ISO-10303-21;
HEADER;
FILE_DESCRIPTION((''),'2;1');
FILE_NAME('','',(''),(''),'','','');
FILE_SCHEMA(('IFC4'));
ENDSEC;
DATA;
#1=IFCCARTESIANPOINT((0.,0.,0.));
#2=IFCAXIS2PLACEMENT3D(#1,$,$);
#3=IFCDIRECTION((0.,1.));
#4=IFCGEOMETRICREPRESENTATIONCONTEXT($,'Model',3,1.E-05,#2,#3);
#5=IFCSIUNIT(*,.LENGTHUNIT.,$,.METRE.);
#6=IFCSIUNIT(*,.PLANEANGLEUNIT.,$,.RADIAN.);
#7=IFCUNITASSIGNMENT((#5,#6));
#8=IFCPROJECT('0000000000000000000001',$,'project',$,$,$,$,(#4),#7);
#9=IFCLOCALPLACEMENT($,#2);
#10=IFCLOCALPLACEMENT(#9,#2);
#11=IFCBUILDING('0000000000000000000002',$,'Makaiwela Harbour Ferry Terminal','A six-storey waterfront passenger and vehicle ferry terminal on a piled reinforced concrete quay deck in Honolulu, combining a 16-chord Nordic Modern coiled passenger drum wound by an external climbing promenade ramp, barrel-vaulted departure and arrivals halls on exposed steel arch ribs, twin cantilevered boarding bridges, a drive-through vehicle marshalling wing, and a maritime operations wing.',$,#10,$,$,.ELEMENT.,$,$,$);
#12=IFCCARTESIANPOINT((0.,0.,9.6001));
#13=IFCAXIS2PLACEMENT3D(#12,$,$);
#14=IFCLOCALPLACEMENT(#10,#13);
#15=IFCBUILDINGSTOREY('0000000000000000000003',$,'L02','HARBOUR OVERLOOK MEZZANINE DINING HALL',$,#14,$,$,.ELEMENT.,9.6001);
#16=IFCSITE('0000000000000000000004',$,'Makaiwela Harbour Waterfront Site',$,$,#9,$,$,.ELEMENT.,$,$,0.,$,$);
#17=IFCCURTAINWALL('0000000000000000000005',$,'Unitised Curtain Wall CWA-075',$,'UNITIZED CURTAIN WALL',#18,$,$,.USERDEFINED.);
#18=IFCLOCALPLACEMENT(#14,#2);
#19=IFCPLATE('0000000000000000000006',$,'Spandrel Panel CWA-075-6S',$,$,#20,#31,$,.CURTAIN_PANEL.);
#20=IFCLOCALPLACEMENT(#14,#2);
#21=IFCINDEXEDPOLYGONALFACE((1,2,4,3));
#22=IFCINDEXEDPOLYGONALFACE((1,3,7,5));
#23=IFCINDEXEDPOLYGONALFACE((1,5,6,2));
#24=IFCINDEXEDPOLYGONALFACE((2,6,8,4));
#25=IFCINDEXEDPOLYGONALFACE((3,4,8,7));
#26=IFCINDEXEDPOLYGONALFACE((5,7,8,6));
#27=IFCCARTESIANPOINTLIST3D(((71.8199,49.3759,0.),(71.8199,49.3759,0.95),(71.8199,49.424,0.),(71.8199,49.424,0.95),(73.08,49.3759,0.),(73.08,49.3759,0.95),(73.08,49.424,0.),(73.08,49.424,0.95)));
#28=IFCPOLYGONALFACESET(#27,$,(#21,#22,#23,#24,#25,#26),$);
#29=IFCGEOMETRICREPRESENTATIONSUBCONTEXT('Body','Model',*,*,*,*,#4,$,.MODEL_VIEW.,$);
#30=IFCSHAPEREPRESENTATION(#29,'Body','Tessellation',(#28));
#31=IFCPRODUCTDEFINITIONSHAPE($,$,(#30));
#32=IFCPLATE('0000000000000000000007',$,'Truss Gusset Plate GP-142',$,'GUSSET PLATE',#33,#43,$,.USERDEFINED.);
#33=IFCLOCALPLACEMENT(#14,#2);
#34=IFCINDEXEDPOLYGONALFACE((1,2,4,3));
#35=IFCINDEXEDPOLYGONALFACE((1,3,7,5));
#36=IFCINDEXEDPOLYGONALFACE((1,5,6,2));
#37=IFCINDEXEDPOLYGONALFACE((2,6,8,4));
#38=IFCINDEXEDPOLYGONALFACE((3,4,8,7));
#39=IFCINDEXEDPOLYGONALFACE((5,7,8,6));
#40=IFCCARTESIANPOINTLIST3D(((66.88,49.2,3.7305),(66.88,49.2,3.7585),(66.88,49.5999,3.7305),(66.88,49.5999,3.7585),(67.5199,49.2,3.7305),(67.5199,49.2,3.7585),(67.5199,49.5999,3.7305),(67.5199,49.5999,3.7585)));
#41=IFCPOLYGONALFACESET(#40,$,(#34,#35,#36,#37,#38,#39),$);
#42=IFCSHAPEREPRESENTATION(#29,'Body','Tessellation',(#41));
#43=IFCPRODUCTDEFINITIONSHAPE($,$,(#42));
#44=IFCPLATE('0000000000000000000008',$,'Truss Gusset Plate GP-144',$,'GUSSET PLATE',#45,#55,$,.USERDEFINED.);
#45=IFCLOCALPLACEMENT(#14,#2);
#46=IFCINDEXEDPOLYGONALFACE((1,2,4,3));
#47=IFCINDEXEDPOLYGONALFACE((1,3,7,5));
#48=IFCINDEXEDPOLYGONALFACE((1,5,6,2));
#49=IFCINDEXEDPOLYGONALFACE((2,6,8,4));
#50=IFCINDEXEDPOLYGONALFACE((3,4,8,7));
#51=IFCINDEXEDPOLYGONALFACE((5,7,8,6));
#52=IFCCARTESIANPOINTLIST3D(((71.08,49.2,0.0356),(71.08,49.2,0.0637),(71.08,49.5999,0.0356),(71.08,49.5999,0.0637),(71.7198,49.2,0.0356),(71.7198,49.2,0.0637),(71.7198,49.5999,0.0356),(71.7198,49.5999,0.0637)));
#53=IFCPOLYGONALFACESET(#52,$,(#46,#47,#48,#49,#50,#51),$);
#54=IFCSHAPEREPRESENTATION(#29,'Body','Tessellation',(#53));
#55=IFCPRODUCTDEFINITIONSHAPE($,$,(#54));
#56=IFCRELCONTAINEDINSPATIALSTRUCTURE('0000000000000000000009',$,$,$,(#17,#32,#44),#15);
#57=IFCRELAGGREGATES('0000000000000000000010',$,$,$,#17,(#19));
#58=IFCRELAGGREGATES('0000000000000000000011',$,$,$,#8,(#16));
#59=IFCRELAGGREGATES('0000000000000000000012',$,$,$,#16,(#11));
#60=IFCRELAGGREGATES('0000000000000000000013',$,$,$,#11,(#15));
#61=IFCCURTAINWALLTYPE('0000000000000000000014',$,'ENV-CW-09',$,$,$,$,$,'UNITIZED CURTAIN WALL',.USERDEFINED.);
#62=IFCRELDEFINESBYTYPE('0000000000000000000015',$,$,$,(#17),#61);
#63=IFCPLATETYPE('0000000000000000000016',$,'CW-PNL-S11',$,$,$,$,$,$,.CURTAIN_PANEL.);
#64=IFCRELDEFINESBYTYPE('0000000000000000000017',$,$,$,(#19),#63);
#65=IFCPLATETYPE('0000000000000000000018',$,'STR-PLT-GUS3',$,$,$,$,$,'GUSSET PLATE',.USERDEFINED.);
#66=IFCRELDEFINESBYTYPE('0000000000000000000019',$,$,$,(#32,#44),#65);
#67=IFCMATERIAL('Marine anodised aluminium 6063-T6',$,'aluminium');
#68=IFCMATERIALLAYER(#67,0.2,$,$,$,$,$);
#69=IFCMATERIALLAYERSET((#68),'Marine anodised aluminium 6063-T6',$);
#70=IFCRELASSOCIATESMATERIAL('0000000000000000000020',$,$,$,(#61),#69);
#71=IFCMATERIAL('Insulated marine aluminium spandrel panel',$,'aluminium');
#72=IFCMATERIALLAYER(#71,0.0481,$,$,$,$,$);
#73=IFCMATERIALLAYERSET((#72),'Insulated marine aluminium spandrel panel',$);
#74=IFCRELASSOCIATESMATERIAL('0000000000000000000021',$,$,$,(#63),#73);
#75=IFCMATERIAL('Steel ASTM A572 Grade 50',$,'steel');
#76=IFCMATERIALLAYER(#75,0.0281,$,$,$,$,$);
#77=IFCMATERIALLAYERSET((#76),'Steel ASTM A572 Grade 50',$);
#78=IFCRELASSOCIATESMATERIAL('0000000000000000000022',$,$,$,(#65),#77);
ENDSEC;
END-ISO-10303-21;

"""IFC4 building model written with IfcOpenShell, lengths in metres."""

from ifc_helpers import new_model, si_unit, direction, frame, origin, origin_2d, place, context, subcontext, project, spatial, rectangle, extrude, material, layer, layer_set, type_object, element, aggregate, save


model = new_model("IFC4")

# Units and contexts
model_context = context("Model", 3, precision=1e-05, world=origin(), true_north=direction((0.0, 1.0)))
body_context = subcontext(model_context, "Body", "Model", "MODEL_VIEW")
ifc_project = project(units=[si_unit("LENGTHUNIT", "METRE"), si_unit("PLANEANGLEUNIT", "RADIAN")], contexts=[model_context])

# Site, building, storey
site_placement = place(None, origin())
site = spatial("IfcSite", under=ifc_project, at=site_placement, Name="Makaiwela Harbour Waterfront Site", CompositionType="ELEMENT", RefElevation=0.0)
building_placement = place(site_placement, origin())
building = spatial("IfcBuilding", under=site, at=building_placement, Name="Makaiwela Harbour Ferry Terminal", Description="A six-storey waterfront passenger and vehicle ferry terminal on a piled reinforced concrete quay deck in Honolulu, combining a 16-chord Nordic Modern coiled passenger drum wound by an external climbing promenade ramp, barrel-vaulted departure and arrivals halls on exposed steel arch ribs, twin cantilevered boarding bridges, a drive-through vehicle marshalling wing, and a maritime operations wing.", CompositionType="ELEMENT")
storey_placement = place(building_placement, frame((0.0, 0.0, 9.6001)))
storey = spatial("IfcBuildingStorey", under=building, at=storey_placement, Name="L02", Description="HARBOUR OVERLOOK MEZZANINE DINING HALL", CompositionType="ELEMENT", Elevation=9.6001)

# Curtain wall
ifc_material_1 = material(Name="Marine anodised aluminium 6063-T6", Category="aluminium")
ifc_layer_1 = layer(ifc_material_1, 0.2)
ifc_layer_set_1 = layer_set([ifc_layer_1], Name="Marine anodised aluminium 6063-T6")
curtain_wall_type_1 = type_object("IfcCurtainWallType", Name="ENV-CW-09", ElementType="UNITIZED CURTAIN WALL", PredefinedType="USERDEFINED", material=ifc_layer_set_1)
curtain_wall_1_placement = place(storey_placement, origin())
curtain_wall_1 = element("IfcCurtainWall", 1, at=curtain_wall_1_placement, inside=storey, type_object=curtain_wall_type_1, Name="Unitised Curtain Wall CWA-075", ObjectType="UNITIZED CURTAIN WALL", PredefinedType="USERDEFINED")

# Plate
ifc_material_2 = material(Name="Insulated marine aluminium spandrel panel", Category="aluminium")
ifc_layer_2 = layer(ifc_material_2, 0.0481)
ifc_layer_set_2 = layer_set([ifc_layer_2], Name="Insulated marine aluminium spandrel panel")
plate_type_1 = type_object("IfcPlateType", Name="CW-PNL-S11", PredefinedType="CURTAIN_PANEL", material=ifc_layer_set_2)
plate_1_placement = place(storey_placement, frame((72.45, 49.3999, 0.0), z_axis=(0.0, 0.0, 1.0), x_axis=(-1.0, 0.0, 0.0)))
plate_1 = element("IfcPlate", 2, at=plate_1_placement, type_object=plate_type_1, Name="Spandrel Panel CWA-075-6S", PredefinedType="CURTAIN_PANEL", context=body_context, shape_type="SweptSolid", body=[
    extrude(rectangle(XDim=1.26, YDim=0.0481, at=origin_2d()), origin(), (0.0, 0.0, 1.0), 0.95),
])
aggregate(curtain_wall_1, [plate_1])

# Plates
ifc_material_3 = material(Name="Steel ASTM A572 Grade 50", Category="steel")
ifc_layer_3 = layer(ifc_material_3, 0.0281)
ifc_layer_set_3 = layer_set([ifc_layer_3], Name="Steel ASTM A572 Grade 50")
plate_type_2 = type_object("IfcPlateType", Name="STR-PLT-GUS3", ElementType="GUSSET PLATE", PredefinedType="USERDEFINED", material=ifc_layer_set_3)
for number, where, z_axis, x_axis, name in (
    (3, (67.2, 49.3999, 3.7305), (0.0, 0.0, 1.0), (1.0, 0.0, 0.0), "Truss Gusset Plate GP-142"),
    (4, (71.3999, 49.3999, 0.0356), (0.0, 0.0, 1.0), (1.0, 0.0, 0.0), "Truss Gusset Plate GP-144"),
):
    element("IfcPlate", number, at=place(storey_placement, frame(where, z_axis=z_axis, x_axis=x_axis)), inside=storey, type_object=plate_type_2, Name=name, ObjectType="GUSSET PLATE", PredefinedType="USERDEFINED", context=body_context, shape_type="SweptSolid", body=[
        extrude(rectangle(XDim=0.6399, YDim=0.3999, at=origin_2d()), origin(), (0.0, 0.0, 1.0), 0.0281),
    ])

save(model, "model.ifc")
